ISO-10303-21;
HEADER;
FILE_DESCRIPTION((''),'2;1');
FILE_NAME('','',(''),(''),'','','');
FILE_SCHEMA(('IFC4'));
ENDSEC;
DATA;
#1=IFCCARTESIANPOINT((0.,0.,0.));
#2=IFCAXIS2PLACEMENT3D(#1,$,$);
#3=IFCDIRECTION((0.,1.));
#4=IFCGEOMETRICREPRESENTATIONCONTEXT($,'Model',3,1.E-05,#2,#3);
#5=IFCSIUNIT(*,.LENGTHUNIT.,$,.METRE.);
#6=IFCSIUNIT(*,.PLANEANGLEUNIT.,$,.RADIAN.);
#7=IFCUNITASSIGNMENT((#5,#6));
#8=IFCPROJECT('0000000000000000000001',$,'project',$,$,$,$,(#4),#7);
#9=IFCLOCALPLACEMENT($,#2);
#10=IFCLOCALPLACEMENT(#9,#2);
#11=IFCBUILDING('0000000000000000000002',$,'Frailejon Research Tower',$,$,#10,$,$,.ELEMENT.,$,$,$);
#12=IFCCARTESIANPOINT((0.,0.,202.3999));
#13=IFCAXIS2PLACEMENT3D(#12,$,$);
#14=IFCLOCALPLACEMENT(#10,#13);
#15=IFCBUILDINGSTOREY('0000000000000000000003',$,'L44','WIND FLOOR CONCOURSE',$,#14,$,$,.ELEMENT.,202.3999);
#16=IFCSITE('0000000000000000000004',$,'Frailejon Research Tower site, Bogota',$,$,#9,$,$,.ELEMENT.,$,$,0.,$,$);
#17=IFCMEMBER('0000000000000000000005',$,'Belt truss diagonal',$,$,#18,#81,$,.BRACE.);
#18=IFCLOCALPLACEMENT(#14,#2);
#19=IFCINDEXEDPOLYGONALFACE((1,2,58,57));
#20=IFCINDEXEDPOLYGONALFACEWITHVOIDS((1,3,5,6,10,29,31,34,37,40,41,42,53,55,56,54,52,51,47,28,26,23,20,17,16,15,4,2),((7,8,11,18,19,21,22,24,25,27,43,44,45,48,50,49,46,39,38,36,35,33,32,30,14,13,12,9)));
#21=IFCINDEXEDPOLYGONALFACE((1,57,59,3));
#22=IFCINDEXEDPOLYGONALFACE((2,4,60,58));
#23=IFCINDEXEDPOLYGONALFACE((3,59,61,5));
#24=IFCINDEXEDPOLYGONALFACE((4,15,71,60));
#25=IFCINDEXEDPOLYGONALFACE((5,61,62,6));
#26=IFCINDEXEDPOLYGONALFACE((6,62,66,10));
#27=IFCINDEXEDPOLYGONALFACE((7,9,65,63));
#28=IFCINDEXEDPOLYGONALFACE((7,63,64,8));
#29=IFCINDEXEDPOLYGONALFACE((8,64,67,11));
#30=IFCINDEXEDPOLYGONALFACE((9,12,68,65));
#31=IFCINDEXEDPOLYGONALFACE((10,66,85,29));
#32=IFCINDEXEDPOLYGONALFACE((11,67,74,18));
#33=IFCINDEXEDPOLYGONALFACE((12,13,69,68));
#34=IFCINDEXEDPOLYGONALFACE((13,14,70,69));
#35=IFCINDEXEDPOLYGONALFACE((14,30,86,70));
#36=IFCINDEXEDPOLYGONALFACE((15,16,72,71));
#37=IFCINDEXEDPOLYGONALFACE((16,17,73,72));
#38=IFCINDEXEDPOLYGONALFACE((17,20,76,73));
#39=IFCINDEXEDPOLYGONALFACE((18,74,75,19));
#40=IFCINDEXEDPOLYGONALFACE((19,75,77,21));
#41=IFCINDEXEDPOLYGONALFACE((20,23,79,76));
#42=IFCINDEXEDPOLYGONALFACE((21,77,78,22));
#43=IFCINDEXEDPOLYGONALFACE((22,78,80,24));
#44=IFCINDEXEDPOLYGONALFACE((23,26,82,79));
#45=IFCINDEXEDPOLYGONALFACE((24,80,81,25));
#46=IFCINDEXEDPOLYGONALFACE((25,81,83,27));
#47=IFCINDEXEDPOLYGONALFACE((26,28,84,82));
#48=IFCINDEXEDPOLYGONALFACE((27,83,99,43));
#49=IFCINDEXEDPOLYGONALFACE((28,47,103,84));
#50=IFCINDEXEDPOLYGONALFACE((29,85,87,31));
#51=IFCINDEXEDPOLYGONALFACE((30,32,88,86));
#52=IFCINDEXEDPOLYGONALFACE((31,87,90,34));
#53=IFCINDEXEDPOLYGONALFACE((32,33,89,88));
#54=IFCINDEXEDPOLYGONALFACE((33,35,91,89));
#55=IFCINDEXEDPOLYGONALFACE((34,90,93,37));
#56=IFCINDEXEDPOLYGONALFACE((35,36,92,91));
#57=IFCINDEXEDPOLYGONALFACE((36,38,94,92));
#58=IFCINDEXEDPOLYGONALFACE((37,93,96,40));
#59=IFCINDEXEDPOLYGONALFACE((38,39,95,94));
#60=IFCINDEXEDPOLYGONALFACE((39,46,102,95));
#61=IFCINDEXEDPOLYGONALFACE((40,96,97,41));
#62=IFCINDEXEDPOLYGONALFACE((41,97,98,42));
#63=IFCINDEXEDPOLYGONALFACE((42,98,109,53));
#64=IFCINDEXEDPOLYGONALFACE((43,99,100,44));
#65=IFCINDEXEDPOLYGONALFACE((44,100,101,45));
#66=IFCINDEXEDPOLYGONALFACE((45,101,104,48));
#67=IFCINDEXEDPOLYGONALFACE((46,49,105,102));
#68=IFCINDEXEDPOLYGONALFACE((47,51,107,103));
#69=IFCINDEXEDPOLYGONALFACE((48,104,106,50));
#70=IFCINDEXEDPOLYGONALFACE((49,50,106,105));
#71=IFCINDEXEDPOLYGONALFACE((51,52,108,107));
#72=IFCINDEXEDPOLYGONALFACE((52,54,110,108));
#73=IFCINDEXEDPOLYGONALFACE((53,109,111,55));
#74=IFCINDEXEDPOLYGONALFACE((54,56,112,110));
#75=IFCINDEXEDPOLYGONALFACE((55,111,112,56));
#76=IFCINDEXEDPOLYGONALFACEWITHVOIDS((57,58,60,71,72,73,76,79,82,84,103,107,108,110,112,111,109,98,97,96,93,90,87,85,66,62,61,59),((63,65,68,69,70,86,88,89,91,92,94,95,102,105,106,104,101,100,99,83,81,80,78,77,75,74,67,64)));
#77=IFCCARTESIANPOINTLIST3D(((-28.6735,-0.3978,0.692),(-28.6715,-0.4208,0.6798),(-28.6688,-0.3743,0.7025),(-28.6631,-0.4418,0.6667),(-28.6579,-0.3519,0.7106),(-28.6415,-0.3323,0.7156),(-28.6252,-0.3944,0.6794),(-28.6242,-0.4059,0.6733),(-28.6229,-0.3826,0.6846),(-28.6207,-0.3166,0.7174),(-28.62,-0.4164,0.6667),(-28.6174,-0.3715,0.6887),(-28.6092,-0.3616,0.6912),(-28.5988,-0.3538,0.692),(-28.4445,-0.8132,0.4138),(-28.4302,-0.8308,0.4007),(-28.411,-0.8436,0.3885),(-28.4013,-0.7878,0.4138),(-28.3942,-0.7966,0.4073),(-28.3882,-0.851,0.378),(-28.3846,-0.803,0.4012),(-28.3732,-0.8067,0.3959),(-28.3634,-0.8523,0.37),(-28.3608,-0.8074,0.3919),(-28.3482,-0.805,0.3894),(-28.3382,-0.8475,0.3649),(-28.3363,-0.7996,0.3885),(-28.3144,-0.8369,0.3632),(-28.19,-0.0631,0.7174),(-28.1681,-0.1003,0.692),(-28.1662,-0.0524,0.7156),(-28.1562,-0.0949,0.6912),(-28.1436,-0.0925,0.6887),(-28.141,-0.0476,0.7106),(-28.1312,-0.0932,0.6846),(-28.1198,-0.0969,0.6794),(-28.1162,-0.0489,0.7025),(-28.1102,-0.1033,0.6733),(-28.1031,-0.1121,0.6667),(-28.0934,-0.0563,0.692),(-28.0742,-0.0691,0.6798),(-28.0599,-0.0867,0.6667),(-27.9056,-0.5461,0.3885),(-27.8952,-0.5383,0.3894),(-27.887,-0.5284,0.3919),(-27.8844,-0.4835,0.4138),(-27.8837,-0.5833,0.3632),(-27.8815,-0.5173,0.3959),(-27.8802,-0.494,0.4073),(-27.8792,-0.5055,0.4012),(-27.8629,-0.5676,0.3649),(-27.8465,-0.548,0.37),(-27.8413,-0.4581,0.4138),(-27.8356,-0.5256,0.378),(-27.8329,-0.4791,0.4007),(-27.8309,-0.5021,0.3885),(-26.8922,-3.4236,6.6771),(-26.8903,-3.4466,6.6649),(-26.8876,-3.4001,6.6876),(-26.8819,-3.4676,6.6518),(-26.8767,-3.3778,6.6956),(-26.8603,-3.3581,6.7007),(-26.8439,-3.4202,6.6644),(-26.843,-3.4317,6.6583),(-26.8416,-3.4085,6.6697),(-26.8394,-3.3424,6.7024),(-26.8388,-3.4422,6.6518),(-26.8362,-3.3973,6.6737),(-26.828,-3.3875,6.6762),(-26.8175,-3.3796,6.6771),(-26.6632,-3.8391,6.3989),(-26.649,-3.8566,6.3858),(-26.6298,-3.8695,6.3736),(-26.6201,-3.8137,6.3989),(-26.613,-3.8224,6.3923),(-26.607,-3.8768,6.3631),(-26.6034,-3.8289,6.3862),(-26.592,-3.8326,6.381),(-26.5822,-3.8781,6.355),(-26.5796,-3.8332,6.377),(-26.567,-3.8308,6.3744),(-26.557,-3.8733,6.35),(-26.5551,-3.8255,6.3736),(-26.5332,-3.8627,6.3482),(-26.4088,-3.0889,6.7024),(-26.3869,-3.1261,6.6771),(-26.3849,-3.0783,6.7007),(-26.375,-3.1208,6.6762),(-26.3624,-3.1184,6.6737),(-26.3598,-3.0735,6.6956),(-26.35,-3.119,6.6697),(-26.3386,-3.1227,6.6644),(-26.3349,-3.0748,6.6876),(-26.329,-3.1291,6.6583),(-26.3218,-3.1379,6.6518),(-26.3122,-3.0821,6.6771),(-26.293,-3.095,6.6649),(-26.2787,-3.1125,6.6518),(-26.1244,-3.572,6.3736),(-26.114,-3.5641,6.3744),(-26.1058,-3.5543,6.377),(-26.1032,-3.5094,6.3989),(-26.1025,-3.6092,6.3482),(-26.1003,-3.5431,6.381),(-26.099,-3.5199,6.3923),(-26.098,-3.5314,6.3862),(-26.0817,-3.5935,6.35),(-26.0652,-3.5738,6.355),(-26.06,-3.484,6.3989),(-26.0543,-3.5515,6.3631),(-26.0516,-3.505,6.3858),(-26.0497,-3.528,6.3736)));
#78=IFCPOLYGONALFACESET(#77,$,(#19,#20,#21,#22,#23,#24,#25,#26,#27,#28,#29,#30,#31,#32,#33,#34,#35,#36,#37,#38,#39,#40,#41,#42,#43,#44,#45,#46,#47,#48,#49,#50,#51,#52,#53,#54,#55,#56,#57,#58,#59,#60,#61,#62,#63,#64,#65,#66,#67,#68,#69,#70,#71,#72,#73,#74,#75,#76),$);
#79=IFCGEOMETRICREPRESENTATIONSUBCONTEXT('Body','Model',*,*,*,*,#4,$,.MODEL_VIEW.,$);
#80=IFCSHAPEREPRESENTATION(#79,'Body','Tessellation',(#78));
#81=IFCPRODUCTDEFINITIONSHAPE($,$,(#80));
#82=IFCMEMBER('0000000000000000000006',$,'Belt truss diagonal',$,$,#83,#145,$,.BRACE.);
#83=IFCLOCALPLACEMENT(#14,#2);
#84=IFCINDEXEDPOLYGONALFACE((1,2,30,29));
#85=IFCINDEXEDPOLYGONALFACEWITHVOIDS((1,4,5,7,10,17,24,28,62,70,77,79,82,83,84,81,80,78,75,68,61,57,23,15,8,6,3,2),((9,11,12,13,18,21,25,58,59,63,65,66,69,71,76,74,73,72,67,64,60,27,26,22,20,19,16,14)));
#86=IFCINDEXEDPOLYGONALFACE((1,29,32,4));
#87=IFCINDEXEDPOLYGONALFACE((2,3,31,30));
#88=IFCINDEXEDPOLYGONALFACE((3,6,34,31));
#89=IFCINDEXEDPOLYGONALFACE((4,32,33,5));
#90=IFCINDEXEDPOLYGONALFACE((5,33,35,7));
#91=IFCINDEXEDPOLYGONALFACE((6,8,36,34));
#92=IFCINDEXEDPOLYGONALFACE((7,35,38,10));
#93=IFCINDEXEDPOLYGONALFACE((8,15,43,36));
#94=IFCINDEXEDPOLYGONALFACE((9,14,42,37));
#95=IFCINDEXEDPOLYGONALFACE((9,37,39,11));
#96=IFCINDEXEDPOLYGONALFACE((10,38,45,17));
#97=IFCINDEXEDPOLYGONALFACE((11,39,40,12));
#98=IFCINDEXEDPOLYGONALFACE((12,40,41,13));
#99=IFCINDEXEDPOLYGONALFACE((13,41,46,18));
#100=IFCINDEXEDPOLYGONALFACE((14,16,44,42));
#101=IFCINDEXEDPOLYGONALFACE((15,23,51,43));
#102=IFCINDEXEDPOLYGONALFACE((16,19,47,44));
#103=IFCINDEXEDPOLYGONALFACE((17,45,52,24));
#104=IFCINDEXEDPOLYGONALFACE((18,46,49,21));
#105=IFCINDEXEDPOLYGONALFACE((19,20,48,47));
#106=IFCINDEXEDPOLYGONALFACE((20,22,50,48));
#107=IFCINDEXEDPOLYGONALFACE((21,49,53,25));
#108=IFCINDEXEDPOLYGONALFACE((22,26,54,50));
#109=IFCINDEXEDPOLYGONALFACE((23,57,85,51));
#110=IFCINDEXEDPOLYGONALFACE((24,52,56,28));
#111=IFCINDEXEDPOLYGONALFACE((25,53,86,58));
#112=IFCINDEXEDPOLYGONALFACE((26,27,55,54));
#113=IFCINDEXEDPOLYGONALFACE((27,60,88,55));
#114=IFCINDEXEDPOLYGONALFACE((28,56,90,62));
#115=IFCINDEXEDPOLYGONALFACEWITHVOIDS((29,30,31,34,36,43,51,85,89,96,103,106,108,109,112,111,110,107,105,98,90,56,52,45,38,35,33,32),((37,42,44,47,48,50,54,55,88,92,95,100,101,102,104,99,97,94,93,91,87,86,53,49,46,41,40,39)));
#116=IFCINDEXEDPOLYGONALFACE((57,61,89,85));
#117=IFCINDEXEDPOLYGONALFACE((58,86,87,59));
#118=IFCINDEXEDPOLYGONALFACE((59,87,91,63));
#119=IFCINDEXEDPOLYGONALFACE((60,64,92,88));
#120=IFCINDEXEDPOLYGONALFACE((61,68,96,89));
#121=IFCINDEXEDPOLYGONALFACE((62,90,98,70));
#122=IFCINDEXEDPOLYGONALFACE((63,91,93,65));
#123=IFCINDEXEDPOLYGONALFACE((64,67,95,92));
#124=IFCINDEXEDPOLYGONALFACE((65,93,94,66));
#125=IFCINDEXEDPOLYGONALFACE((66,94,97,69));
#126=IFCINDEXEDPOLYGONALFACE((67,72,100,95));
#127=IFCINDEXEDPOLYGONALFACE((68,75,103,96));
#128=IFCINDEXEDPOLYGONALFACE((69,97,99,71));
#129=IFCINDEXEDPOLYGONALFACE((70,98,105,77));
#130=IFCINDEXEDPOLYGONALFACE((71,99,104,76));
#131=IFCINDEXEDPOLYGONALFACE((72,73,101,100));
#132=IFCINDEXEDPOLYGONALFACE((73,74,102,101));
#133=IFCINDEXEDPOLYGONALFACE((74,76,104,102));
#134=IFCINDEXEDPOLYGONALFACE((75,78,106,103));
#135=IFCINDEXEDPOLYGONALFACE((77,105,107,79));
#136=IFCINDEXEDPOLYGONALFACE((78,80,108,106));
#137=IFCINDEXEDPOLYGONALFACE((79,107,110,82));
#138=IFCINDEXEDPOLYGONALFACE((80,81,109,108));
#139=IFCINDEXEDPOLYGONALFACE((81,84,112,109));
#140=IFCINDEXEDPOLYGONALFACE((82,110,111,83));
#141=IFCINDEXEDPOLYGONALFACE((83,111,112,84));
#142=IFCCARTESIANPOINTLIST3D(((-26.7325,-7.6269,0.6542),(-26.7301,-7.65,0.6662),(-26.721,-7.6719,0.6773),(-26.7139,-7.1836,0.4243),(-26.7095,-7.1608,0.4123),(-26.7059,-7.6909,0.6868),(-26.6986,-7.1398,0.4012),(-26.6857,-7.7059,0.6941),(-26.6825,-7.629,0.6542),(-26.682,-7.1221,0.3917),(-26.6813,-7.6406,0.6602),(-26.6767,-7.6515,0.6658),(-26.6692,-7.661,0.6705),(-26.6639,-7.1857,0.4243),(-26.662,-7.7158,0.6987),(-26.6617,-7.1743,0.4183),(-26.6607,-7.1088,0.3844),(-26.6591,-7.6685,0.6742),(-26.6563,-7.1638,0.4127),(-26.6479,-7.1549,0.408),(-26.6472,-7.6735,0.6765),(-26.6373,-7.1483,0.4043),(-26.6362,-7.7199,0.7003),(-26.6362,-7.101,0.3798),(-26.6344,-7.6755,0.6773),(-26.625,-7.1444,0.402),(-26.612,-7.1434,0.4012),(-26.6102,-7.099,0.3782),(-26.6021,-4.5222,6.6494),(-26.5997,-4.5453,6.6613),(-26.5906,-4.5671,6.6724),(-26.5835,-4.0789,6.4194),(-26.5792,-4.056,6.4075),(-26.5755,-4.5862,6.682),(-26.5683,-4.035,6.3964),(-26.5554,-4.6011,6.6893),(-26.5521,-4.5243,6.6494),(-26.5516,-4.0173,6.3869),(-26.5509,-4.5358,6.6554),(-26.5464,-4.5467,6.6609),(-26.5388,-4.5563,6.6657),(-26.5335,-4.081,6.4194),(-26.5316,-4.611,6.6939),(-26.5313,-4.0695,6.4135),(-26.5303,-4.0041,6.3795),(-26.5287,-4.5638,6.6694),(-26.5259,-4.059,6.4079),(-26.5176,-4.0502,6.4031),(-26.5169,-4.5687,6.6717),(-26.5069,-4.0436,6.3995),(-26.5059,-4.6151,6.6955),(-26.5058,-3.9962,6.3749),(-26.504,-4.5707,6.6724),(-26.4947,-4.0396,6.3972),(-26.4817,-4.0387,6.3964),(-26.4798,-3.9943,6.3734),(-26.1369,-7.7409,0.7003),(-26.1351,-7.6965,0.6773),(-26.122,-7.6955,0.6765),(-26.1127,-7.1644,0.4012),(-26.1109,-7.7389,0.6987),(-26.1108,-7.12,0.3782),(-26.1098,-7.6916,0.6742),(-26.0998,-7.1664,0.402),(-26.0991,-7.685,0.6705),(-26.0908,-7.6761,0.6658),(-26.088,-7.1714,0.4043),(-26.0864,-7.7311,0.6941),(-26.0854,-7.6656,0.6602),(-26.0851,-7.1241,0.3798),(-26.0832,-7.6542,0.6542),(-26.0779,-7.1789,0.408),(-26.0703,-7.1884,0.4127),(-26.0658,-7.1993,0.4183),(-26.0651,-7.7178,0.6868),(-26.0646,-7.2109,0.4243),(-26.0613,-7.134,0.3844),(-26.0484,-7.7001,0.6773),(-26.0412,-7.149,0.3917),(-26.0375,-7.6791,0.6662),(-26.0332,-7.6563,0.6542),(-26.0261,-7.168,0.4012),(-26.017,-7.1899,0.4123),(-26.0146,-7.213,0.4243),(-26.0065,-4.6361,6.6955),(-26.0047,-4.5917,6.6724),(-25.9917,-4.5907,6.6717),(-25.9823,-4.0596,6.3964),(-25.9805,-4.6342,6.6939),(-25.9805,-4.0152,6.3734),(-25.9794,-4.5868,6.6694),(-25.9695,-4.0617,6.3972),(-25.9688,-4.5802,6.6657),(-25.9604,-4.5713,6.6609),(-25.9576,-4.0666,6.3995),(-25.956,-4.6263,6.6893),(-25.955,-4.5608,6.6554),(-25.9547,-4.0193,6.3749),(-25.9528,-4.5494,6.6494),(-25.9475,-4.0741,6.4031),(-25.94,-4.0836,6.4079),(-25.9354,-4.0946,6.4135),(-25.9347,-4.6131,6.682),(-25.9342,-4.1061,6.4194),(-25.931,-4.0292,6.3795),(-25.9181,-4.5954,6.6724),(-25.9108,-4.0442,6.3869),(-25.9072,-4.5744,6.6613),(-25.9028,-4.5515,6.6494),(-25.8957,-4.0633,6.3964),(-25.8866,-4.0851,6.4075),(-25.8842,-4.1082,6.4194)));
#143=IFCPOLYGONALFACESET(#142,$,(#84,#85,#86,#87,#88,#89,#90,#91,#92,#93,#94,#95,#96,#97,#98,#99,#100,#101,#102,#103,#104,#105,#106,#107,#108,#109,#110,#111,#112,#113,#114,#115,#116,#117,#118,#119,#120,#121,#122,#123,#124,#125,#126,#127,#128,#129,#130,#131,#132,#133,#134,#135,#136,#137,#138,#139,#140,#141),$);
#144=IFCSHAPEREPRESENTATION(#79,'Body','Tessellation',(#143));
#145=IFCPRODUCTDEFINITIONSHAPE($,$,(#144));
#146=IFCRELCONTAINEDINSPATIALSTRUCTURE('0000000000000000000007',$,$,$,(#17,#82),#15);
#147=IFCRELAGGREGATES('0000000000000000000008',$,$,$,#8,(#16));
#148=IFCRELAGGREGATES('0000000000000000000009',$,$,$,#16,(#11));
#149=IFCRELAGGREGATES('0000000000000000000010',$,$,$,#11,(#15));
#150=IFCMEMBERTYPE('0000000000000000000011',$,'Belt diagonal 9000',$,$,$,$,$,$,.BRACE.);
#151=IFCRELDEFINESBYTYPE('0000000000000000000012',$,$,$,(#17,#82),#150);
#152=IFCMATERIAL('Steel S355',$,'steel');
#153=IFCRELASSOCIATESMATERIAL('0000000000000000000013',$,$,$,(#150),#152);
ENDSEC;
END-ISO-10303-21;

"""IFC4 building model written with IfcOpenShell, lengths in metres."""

from ifc_helpers import new_model, si_unit, direction, frame, origin, origin_2d, place, context, subcontext, project, spatial, hollow_rectangle, extrude, material, material_profile, profile_set, type_object, element, save


model = new_model("IFC4")

# Units and contexts
model_context = context("Model", 3, precision=1e-05, world=origin(), true_north=direction((0.0, 1.0)))
body_context = subcontext(model_context, "Body", "Model", "MODEL_VIEW")
ifc_project = project(units=[si_unit("LENGTHUNIT", "METRE"), si_unit("PLANEANGLEUNIT", "RADIAN")], contexts=[model_context])

# Site, building, storey
site_placement = place(None, origin())
site = spatial("IfcSite", under=ifc_project, at=site_placement, Name="Frailejon Research Tower site, Bogota", CompositionType="ELEMENT", RefElevation=0.0)
building_placement = place(site_placement, origin())
building = spatial("IfcBuilding", under=site, at=building_placement, Name="Frailejon Research Tower", CompositionType="ELEMENT")
storey_placement = place(building_placement, frame((0.0, 0.0, 202.3999)))
storey = spatial("IfcBuildingStorey", under=building, at=storey_placement, Name="L44", Description="WIND FLOOR CONCOURSE", CompositionType="ELEMENT", Elevation=202.3999)

# Members
ifc_material_1 = material(Name="Steel S355", Category="steel")
ifc_material_profile_1 = material_profile(ifc_material_1, hollow_rectangle(XDim=0.7, YDim=0.7, WallThickness=0.05, InnerFilletRadius=0.05, OuterFilletRadius=0.1001, at=origin_2d()), Name="Belt diagonal 9000")
ifc_profile_set_1 = profile_set([ifc_material_profile_1], Name="Steel S355")
member_type = type_object("IfcMemberType", Name="Belt diagonal 9000", PredefinedType="BRACE", material=ifc_profile_set_1)
member_1_placement = place(storey_placement, frame((-28.2522, -0.45, 0.5403), z_axis=(0.2567, -0.436066, 0.862526), x_axis=(0.86177, 0.5073, 0.0)))
element("IfcMember", 1, at=member_1_placement, inside=storey, type_object=member_type, Name="Belt truss diagonal", PredefinedType="BRACE", context=body_context, shape_type="SweptSolid", body=[
    extrude(hollow_rectangle(XDim=0.7, YDim=0.7, WallThickness=0.05, InnerFilletRadius=0.05, OuterFilletRadius=0.1001, at=origin_2d()), origin(), (0.0, 0.0, 1.0), 6.939),
])
member_2_placement = place(storey_placement, frame((-26.2432, -4.3152, 6.5344), z_axis=(-0.019307, -0.459783, -0.887822), x_axis=(0.99912, -0.041954, 0.0)))
element("IfcMember", 2, at=member_2_placement, inside=storey, type_object=member_type, Name="Belt truss diagonal", PredefinedType="BRACE", context=body_context, shape_type="SweptSolid", body=[
    extrude(hollow_rectangle(XDim=0.7, YDim=0.7, WallThickness=0.05, InnerFilletRadius=0.05, OuterFilletRadius=0.1001, at=origin_2d()), origin(), (0.0, 0.0, 1.0), 6.7527),
])

save(model, "model.ifc")
